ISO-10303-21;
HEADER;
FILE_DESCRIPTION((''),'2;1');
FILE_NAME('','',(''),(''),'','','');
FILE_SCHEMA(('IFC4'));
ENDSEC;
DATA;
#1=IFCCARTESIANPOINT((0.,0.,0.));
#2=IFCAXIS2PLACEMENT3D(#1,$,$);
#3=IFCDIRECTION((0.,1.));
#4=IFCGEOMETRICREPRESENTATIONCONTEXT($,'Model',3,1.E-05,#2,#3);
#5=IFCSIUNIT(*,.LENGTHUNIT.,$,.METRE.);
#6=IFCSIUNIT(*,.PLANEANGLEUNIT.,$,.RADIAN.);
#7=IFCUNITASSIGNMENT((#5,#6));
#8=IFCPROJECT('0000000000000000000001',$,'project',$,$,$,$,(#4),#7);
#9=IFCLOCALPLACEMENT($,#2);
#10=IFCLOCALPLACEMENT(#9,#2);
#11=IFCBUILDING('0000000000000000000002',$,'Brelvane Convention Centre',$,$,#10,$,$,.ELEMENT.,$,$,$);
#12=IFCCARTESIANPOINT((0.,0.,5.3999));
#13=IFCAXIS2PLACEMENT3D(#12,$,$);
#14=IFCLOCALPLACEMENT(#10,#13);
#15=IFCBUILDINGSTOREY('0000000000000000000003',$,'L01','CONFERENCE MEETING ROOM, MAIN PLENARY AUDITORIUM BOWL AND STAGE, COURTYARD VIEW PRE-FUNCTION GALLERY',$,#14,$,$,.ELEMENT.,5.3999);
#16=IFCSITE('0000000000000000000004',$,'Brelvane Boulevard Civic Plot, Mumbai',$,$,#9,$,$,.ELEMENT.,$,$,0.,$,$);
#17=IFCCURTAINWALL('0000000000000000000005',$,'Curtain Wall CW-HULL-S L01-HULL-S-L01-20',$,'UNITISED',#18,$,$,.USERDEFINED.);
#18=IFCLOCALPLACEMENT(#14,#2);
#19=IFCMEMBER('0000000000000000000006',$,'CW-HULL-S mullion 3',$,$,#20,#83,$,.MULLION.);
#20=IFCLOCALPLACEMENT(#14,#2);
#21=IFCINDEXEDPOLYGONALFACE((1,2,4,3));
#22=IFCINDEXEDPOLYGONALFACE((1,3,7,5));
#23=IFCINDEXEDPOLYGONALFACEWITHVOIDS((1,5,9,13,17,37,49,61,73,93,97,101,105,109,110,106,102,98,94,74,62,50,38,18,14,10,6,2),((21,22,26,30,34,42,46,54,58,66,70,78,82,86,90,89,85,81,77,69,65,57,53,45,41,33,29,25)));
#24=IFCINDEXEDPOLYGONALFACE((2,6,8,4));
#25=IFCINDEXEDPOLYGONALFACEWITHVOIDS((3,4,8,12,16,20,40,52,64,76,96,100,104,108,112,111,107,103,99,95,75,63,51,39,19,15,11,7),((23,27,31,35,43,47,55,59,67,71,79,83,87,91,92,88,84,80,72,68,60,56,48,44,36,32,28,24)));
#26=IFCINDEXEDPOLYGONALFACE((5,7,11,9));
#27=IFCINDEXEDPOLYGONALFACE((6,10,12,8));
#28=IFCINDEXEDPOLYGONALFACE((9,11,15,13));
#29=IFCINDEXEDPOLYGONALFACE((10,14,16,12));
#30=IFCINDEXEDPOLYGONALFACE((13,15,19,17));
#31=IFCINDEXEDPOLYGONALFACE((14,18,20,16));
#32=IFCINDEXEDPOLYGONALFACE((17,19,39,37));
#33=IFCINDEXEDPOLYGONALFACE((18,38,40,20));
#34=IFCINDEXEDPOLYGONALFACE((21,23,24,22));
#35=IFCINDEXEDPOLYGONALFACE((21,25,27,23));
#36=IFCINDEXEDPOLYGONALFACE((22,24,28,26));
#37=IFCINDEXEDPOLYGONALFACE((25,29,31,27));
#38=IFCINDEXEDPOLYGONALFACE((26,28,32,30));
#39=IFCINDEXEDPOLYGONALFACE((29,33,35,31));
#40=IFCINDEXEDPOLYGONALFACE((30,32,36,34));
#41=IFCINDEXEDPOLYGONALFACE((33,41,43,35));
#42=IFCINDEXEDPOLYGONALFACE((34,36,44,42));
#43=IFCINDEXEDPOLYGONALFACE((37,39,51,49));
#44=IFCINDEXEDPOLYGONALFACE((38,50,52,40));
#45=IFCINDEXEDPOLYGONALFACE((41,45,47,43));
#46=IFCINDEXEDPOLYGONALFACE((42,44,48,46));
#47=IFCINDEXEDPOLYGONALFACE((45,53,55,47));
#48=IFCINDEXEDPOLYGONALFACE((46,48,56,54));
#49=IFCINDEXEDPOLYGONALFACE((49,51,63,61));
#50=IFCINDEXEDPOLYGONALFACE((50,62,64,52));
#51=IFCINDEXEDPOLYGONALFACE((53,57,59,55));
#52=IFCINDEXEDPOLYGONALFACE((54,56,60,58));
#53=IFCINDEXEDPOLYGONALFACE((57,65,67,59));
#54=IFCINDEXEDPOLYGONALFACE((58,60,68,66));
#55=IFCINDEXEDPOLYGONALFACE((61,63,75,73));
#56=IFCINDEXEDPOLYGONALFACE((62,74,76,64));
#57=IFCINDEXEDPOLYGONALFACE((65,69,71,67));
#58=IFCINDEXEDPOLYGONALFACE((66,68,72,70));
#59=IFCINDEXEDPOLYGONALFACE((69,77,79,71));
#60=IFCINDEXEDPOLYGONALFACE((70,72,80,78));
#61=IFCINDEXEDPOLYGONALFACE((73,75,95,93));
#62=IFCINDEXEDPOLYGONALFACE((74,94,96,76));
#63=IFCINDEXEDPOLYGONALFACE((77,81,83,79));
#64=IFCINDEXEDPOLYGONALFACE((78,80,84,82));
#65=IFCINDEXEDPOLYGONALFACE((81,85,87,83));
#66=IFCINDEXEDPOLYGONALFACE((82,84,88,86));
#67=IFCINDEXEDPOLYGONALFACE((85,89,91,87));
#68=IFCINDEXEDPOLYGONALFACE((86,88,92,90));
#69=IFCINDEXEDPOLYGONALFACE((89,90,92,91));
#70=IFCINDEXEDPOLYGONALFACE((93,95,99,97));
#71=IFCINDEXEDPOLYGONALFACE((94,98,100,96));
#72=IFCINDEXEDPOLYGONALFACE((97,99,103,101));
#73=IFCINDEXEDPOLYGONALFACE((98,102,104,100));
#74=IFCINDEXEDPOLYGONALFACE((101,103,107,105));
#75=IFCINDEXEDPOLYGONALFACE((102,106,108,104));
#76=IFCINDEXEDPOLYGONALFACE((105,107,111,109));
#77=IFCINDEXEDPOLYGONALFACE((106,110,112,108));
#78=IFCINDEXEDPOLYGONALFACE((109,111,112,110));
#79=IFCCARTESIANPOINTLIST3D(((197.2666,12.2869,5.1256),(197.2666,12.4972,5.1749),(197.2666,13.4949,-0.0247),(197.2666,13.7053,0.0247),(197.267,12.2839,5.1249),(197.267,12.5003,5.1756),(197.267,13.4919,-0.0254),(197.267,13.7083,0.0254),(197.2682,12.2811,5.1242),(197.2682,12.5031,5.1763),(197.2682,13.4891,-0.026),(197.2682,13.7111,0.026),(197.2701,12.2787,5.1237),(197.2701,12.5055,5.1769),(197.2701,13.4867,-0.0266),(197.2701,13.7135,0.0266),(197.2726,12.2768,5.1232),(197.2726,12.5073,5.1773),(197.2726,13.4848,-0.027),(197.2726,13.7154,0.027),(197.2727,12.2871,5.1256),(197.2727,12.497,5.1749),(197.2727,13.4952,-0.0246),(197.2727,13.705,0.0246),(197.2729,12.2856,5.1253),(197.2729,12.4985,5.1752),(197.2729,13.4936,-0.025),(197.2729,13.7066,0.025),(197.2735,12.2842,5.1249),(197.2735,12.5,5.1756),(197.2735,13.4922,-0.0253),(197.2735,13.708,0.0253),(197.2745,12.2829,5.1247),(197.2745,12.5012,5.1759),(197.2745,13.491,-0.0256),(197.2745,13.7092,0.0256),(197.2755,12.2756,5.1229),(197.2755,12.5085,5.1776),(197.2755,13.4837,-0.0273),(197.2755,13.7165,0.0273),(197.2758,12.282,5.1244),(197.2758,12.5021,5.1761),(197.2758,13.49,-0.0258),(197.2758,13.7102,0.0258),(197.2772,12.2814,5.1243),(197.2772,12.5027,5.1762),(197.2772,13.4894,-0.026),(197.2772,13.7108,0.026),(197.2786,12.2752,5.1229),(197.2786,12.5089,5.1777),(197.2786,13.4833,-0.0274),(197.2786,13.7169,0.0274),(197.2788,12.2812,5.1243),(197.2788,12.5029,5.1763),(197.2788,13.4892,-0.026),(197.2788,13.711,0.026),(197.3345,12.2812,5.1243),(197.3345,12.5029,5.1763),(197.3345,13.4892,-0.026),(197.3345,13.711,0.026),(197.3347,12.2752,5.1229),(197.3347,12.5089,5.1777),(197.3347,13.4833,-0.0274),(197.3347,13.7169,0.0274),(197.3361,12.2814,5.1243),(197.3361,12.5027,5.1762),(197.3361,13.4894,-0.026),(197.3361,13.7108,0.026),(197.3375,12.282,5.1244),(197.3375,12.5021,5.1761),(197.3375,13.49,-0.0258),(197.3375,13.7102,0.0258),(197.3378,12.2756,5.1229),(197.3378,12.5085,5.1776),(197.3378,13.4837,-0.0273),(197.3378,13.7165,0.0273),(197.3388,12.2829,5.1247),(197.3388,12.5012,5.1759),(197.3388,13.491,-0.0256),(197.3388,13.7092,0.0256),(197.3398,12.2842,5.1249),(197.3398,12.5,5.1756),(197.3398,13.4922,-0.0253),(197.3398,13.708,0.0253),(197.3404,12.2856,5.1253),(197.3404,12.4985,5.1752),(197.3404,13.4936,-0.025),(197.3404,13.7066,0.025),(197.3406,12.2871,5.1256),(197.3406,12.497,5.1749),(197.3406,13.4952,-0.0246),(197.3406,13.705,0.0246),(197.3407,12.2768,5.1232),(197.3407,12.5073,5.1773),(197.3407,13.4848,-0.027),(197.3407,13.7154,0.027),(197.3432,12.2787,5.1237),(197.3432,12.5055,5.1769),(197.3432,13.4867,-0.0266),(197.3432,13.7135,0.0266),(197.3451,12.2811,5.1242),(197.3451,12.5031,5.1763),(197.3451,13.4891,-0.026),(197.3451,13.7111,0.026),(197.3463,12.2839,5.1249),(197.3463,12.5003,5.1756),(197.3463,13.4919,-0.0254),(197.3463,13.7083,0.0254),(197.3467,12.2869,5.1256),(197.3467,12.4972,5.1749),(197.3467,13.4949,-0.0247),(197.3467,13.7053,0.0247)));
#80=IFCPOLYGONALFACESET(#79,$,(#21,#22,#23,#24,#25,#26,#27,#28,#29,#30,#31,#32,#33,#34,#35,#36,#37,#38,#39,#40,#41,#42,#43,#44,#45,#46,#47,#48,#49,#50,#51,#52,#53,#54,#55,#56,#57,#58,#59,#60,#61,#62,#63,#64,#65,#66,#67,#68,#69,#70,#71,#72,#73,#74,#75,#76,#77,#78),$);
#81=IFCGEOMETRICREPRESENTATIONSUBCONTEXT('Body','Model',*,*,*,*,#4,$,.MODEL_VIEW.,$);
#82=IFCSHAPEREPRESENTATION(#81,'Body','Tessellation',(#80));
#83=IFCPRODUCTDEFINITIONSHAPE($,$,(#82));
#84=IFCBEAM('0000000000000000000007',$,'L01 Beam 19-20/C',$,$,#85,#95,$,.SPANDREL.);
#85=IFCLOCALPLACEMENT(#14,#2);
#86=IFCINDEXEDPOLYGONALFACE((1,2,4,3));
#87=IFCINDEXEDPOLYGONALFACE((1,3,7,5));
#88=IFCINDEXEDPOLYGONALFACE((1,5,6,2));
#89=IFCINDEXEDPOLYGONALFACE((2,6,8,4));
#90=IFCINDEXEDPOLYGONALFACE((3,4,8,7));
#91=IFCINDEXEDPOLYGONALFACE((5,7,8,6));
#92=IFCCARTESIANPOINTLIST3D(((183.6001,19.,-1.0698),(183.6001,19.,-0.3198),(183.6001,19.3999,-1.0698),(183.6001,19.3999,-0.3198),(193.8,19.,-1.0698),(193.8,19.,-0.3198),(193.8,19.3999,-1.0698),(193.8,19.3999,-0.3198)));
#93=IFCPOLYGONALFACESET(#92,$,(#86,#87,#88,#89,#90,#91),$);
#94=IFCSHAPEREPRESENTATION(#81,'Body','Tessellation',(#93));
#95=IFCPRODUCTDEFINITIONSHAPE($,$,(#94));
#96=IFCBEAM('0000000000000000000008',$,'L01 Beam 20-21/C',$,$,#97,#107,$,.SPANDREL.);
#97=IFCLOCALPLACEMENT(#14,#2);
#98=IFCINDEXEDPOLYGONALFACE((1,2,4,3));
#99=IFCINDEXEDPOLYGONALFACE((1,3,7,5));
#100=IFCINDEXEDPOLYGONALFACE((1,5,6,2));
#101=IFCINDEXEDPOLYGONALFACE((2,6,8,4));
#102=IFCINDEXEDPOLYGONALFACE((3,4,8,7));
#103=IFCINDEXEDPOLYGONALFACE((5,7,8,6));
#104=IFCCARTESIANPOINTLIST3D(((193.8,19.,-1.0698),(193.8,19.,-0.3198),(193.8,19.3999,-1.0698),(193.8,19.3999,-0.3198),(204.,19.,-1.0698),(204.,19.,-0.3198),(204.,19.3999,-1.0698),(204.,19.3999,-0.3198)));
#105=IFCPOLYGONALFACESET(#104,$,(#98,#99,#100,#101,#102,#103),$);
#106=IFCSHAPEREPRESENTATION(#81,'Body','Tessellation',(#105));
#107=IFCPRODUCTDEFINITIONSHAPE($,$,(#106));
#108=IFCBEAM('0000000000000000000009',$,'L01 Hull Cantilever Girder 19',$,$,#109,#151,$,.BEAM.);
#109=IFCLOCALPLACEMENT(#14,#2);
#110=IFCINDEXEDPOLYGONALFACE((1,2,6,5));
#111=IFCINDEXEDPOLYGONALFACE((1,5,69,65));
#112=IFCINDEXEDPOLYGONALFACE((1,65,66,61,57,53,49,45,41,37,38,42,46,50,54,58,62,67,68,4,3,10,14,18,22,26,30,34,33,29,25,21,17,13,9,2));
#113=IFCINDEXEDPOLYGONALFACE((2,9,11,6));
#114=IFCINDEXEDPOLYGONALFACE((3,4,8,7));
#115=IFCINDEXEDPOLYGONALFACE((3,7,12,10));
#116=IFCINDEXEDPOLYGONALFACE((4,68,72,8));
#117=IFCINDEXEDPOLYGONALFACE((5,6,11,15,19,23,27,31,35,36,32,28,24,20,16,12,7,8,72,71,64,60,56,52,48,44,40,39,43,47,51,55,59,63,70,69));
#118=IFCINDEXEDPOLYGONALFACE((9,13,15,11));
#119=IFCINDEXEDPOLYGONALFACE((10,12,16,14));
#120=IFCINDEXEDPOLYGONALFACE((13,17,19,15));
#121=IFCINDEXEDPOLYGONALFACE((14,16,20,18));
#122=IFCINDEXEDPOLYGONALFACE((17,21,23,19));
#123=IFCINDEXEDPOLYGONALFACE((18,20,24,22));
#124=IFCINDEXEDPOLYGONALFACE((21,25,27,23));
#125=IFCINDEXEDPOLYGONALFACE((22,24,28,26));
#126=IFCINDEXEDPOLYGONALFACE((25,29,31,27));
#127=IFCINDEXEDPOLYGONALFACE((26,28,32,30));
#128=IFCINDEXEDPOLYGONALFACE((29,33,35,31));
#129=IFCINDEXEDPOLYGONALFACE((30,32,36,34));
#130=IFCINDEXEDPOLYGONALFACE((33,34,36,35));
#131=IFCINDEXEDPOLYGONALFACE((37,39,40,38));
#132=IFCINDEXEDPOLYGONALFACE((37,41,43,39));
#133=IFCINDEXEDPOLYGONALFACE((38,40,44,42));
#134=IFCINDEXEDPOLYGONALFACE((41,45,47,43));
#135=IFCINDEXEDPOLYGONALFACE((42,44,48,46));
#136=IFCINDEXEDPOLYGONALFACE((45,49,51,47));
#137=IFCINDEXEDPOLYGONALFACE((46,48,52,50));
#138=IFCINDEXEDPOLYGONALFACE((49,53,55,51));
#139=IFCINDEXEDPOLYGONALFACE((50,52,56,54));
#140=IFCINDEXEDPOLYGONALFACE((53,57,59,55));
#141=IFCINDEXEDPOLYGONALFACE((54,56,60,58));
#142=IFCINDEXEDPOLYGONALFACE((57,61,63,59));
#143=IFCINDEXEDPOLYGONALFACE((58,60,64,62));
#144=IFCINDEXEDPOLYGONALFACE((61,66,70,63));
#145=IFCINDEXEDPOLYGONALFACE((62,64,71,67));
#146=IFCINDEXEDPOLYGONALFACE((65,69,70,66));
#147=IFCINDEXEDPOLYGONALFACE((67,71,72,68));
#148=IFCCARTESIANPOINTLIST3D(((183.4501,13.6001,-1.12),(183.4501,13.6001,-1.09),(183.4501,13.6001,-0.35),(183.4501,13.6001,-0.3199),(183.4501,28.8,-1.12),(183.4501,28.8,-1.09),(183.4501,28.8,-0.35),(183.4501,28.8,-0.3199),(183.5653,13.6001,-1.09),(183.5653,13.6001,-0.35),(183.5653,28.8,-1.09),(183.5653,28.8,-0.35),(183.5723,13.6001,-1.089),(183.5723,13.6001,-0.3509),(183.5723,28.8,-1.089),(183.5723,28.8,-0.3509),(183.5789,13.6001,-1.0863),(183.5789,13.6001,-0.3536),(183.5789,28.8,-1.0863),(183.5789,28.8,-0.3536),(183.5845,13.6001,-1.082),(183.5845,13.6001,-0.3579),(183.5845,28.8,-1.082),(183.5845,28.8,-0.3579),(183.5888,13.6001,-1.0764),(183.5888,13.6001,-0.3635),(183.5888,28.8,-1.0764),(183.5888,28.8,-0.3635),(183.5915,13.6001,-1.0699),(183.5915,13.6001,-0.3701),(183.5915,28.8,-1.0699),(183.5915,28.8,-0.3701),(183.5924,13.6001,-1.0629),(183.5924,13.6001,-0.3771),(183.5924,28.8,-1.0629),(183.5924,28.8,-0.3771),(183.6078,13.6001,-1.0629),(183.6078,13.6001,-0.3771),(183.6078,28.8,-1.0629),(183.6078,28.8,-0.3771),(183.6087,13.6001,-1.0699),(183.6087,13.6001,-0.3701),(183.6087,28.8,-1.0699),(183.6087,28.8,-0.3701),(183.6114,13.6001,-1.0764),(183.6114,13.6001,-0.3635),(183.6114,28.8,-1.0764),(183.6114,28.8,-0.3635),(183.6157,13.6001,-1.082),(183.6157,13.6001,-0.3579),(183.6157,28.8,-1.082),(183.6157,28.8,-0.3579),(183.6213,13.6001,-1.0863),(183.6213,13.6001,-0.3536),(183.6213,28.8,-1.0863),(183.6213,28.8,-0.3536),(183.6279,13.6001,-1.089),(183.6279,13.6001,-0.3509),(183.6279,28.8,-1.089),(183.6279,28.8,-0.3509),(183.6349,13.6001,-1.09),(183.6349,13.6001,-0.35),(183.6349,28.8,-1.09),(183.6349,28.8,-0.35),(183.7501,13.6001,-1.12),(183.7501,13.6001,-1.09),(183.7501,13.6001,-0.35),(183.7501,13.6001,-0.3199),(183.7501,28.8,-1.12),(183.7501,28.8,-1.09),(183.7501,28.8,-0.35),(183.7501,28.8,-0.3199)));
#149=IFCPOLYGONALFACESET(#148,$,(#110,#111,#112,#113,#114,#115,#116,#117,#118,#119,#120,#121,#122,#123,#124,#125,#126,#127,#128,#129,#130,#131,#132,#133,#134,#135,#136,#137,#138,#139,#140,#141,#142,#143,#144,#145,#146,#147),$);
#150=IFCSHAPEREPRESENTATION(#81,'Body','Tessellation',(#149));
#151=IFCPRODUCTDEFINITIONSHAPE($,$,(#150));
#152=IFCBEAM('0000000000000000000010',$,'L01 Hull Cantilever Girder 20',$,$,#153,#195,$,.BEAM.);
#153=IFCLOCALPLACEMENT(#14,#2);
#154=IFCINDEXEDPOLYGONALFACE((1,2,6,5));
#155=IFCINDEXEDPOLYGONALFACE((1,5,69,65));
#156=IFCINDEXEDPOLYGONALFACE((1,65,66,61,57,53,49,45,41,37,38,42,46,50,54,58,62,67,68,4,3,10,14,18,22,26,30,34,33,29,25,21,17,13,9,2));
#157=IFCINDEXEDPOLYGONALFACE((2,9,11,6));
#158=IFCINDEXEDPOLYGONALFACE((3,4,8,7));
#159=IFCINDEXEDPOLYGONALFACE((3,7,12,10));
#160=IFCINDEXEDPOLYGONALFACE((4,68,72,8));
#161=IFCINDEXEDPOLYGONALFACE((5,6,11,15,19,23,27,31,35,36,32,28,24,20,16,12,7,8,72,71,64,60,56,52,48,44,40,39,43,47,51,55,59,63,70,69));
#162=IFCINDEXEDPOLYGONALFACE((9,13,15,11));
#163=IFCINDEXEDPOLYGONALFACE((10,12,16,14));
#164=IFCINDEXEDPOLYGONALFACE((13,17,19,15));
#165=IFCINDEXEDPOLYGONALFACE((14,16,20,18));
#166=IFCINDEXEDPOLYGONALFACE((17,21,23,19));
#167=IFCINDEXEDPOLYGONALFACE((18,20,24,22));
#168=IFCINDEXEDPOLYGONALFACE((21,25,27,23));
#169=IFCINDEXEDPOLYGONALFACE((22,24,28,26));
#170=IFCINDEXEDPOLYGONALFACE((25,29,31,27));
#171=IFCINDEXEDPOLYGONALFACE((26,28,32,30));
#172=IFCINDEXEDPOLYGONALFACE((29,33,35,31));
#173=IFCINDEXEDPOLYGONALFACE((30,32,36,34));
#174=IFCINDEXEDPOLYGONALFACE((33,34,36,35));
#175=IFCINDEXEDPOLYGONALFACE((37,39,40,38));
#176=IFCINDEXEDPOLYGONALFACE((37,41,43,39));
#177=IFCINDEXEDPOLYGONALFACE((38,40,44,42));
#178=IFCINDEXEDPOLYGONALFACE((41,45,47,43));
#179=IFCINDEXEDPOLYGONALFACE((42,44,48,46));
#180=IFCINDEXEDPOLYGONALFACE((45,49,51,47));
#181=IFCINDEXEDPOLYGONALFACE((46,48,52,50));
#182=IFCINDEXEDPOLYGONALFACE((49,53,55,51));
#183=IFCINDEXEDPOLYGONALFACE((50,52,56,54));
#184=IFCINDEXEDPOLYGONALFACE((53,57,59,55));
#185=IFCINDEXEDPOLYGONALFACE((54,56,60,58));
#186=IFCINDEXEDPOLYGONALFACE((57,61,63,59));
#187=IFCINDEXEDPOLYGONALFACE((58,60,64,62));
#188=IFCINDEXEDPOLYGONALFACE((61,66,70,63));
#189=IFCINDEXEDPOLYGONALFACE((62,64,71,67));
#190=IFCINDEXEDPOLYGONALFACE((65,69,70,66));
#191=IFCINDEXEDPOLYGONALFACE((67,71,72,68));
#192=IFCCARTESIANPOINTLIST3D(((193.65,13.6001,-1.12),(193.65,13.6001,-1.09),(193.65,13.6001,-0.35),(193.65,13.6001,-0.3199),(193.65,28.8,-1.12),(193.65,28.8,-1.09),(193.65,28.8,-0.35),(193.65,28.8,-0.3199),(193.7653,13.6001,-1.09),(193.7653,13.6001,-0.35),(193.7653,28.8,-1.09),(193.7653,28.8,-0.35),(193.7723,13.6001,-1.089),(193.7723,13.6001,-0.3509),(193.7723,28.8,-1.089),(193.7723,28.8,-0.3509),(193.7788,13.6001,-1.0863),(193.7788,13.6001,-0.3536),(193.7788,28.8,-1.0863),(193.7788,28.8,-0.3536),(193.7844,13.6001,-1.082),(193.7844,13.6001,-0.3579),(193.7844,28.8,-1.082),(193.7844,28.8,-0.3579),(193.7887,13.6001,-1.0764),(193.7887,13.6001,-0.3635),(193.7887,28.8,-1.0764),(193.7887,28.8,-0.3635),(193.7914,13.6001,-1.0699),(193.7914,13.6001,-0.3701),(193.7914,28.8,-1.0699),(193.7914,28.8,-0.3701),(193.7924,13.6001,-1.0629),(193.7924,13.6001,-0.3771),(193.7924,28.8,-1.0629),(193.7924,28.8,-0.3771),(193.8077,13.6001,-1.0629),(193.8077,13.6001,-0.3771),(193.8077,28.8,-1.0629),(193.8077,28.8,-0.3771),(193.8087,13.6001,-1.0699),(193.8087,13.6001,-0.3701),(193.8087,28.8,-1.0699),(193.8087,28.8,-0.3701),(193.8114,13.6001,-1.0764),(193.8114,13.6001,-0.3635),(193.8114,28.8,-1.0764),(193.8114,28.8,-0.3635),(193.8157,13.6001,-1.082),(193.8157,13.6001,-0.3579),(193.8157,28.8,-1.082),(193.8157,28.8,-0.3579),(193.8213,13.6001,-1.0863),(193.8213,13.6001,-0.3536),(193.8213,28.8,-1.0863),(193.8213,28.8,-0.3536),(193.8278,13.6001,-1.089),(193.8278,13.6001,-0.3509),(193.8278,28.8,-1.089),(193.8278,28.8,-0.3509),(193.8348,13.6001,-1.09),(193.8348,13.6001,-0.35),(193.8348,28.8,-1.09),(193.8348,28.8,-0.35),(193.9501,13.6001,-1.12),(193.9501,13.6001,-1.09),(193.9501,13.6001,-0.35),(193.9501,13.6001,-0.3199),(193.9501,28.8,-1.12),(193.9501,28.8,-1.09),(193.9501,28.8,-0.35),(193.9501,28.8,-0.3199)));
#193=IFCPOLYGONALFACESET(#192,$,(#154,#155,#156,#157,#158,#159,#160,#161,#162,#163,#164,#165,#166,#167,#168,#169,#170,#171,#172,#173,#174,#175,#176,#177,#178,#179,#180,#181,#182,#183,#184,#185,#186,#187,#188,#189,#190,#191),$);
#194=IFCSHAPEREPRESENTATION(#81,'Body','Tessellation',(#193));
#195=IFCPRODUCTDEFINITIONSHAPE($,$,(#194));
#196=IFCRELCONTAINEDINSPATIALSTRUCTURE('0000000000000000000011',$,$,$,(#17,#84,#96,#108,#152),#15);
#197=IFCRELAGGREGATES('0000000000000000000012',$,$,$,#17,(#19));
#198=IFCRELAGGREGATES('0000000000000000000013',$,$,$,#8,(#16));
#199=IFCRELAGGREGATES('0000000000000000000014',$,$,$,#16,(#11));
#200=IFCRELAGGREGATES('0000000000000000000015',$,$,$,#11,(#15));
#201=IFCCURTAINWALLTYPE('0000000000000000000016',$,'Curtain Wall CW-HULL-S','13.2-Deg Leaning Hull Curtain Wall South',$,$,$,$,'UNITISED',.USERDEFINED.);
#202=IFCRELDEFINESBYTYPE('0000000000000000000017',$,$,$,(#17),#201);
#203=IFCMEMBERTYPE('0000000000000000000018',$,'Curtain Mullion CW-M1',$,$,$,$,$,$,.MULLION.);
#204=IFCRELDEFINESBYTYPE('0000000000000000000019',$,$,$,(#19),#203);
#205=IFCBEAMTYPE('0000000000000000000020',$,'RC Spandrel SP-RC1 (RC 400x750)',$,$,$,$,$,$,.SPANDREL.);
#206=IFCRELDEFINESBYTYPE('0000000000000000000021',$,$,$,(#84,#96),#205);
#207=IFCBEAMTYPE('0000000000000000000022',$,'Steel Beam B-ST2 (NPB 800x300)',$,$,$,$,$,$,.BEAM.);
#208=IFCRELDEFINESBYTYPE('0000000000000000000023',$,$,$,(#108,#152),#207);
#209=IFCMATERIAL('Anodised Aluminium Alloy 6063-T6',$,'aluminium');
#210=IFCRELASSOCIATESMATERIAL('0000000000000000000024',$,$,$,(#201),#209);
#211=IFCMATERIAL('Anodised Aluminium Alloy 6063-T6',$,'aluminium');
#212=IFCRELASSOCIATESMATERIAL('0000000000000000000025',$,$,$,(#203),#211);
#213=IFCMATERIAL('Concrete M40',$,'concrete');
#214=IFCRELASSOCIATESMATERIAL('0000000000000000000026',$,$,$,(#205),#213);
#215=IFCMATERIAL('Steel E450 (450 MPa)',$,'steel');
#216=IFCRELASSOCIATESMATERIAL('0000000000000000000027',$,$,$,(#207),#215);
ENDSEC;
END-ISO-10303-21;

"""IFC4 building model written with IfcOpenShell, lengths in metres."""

from ifc_helpers import new_model, si_unit, direction, frame, origin, origin_2d, place, context, subcontext, project, spatial, rectangle, hollow_rectangle, i_section, extrude, material, material_profile, profile_set, type_object, element, aggregate, save


model = new_model("IFC4")

# Units and contexts
model_context = context("Model", 3, precision=1e-05, world=origin(), true_north=direction((0.0, 1.0)))
body_context = subcontext(model_context, "Body", "Model", "MODEL_VIEW")
ifc_project = project(units=[si_unit("LENGTHUNIT", "METRE"), si_unit("PLANEANGLEUNIT", "RADIAN")], contexts=[model_context])

# Site, building, storey
site_placement = place(None, origin())
site = spatial("IfcSite", under=ifc_project, at=site_placement, Name="Brelvane Boulevard Civic Plot, Mumbai", CompositionType="ELEMENT", RefElevation=0.0)
building_placement = place(site_placement, origin())
building = spatial("IfcBuilding", under=site, at=building_placement, Name="Brelvane Convention Centre", CompositionType="ELEMENT")
storey_placement = place(building_placement, frame((0.0, 0.0, 5.3999)))
storey = spatial("IfcBuildingStorey", under=building, at=storey_placement, Name="L01", Description="CONFERENCE MEETING ROOM, MAIN PLENARY AUDITORIUM BOWL AND STAGE, COURTYARD VIEW PRE-FUNCTION GALLERY", CompositionType="ELEMENT", Elevation=5.3999)

# Curtain wall, member
ifc_material_1 = material(Name="Anodised Aluminium Alloy 6063-T6", Category="aluminium")
curtain_wall_type = type_object("IfcCurtainWallType", Name="Curtain Wall CW-HULL-S", Description="13.2-Deg Leaning Hull Curtain Wall South", ElementType="UNITISED", PredefinedType="USERDEFINED", material=ifc_material_1)
ifc_material_2 = material(Name="Anodised Aluminium Alloy 6063-T6", Category="aluminium")
ifc_material_profile_1 = material_profile(ifc_material_2, hollow_rectangle(XDim=0.0801, YDim=0.24, WallThickness=0.0061, InnerFilletRadius=0.0061, OuterFilletRadius=0.012, at=origin_2d()), Name="ALU-M 240x80x6.0")
ifc_profile_set_1 = profile_set([ifc_material_profile_1], Name="Anodised Aluminium Alloy 6063-T6")
member_type_1 = type_object("IfcMemberType", Name="Curtain Mullion CW-M1", PredefinedType="MULLION", material=ifc_profile_set_1)
curtain_wall_1_placement = place(storey_placement, origin())
curtain_wall_1 = element("IfcCurtainWall", 1, at=curtain_wall_1_placement, inside=storey, type_object=curtain_wall_type, Name="Curtain Wall CW-HULL-S L01-HULL-S-L01-20", ObjectType="UNITISED", PredefinedType="USERDEFINED")
member_1_placement = place(storey_placement, frame((197.3066, 13.6001, 0.0), z_axis=(0.0, -0.22836, 0.973577), x_axis=(1.0, 0.0, 0.0)))
member_1 = element("IfcMember", 2, at=member_1_placement, type_object=member_type_1, Name="CW-HULL-S mullion 3", PredefinedType="MULLION", context=body_context, shape_type="SweptSolid", body=[
    extrude(hollow_rectangle(XDim=0.0801, YDim=0.24, WallThickness=0.0061, InnerFilletRadius=0.0061, OuterFilletRadius=0.012, at=origin_2d()), origin(), (0.0, 0.0, 1.0), 5.29),
])
aggregate(curtain_wall_1, [member_1])

# Beams
ifc_material_3 = material(Name="Concrete M40", Category="concrete")
ifc_material_profile_2 = material_profile(ifc_material_3, rectangle(XDim=0.3999, YDim=0.75, at=origin_2d()), Name="RC 400x750")
ifc_profile_set_2 = profile_set([ifc_material_profile_2], Name="Concrete M40")
beam_type_1 = type_object("IfcBeamType", Name="RC Spandrel SP-RC1 (RC 400x750)", PredefinedType="SPANDREL", material=ifc_profile_set_2)
for number, where, z_axis, x_axis, name in (
    (3, (183.6001, 19.2, -0.6948), (1.0, 0.0, 0.0), (0.0, 1.0, 0.0), "L01 Beam 19-20/C"),
    (4, (193.8, 19.2, -0.6948), (1.0, 0.0, 0.0), (0.0, 1.0, 0.0), "L01 Beam 20-21/C"),
):
    element("IfcBeam", number, at=place(storey_placement, frame(where, z_axis=z_axis, x_axis=x_axis)), inside=storey, type_object=beam_type_1, Name=name, PredefinedType="SPANDREL", context=body_context, shape_type="SweptSolid", body=[
        extrude(rectangle(XDim=0.3999, YDim=0.75, at=origin_2d()), origin(), (0.0, 0.0, 1.0), 10.2),
    ])
ifc_material_4 = material(Name="Steel E450 (450 MPa)", Category="steel")
ifc_material_profile_3 = material_profile(ifc_material_4, i_section(OverallWidth=0.3, OverallDepth=0.8, WebThickness=0.0154, FlangeThickness=0.03, FilletRadius=0.0271, at=origin_2d()), Name="NPB 800x300")
ifc_profile_set_3 = profile_set([ifc_material_profile_3], Name="Steel E450 (450 MPa)")
beam_type_2 = type_object("IfcBeamType", Name="Steel Beam B-ST2 (NPB 800x300)", PredefinedType="BEAM", material=ifc_profile_set_3)
for number, where, z_axis, x_axis, name in (
    (5, (183.6001, 13.6001, -0.72), (0.0, 1.0, 0.0), (-1.0, 0.0, 0.0), "L01 Hull Cantilever Girder 19"),
    (6, (193.8, 13.6001, -0.72), (0.0, 1.0, 0.0), (-1.0, 0.0, 0.0), "L01 Hull Cantilever Girder 20"),
):
    element("IfcBeam", number, at=place(storey_placement, frame(where, z_axis=z_axis, x_axis=x_axis)), inside=storey, type_object=beam_type_2, Name=name, PredefinedType="BEAM", context=body_context, shape_type="SweptSolid", body=[
        extrude(i_section(OverallWidth=0.3, OverallDepth=0.8, WebThickness=0.0154, FlangeThickness=0.03, FilletRadius=0.0271, at=origin_2d()), origin(), (0.0, 0.0, 1.0), 15.2),
    ])

save(model, "model.ifc")
